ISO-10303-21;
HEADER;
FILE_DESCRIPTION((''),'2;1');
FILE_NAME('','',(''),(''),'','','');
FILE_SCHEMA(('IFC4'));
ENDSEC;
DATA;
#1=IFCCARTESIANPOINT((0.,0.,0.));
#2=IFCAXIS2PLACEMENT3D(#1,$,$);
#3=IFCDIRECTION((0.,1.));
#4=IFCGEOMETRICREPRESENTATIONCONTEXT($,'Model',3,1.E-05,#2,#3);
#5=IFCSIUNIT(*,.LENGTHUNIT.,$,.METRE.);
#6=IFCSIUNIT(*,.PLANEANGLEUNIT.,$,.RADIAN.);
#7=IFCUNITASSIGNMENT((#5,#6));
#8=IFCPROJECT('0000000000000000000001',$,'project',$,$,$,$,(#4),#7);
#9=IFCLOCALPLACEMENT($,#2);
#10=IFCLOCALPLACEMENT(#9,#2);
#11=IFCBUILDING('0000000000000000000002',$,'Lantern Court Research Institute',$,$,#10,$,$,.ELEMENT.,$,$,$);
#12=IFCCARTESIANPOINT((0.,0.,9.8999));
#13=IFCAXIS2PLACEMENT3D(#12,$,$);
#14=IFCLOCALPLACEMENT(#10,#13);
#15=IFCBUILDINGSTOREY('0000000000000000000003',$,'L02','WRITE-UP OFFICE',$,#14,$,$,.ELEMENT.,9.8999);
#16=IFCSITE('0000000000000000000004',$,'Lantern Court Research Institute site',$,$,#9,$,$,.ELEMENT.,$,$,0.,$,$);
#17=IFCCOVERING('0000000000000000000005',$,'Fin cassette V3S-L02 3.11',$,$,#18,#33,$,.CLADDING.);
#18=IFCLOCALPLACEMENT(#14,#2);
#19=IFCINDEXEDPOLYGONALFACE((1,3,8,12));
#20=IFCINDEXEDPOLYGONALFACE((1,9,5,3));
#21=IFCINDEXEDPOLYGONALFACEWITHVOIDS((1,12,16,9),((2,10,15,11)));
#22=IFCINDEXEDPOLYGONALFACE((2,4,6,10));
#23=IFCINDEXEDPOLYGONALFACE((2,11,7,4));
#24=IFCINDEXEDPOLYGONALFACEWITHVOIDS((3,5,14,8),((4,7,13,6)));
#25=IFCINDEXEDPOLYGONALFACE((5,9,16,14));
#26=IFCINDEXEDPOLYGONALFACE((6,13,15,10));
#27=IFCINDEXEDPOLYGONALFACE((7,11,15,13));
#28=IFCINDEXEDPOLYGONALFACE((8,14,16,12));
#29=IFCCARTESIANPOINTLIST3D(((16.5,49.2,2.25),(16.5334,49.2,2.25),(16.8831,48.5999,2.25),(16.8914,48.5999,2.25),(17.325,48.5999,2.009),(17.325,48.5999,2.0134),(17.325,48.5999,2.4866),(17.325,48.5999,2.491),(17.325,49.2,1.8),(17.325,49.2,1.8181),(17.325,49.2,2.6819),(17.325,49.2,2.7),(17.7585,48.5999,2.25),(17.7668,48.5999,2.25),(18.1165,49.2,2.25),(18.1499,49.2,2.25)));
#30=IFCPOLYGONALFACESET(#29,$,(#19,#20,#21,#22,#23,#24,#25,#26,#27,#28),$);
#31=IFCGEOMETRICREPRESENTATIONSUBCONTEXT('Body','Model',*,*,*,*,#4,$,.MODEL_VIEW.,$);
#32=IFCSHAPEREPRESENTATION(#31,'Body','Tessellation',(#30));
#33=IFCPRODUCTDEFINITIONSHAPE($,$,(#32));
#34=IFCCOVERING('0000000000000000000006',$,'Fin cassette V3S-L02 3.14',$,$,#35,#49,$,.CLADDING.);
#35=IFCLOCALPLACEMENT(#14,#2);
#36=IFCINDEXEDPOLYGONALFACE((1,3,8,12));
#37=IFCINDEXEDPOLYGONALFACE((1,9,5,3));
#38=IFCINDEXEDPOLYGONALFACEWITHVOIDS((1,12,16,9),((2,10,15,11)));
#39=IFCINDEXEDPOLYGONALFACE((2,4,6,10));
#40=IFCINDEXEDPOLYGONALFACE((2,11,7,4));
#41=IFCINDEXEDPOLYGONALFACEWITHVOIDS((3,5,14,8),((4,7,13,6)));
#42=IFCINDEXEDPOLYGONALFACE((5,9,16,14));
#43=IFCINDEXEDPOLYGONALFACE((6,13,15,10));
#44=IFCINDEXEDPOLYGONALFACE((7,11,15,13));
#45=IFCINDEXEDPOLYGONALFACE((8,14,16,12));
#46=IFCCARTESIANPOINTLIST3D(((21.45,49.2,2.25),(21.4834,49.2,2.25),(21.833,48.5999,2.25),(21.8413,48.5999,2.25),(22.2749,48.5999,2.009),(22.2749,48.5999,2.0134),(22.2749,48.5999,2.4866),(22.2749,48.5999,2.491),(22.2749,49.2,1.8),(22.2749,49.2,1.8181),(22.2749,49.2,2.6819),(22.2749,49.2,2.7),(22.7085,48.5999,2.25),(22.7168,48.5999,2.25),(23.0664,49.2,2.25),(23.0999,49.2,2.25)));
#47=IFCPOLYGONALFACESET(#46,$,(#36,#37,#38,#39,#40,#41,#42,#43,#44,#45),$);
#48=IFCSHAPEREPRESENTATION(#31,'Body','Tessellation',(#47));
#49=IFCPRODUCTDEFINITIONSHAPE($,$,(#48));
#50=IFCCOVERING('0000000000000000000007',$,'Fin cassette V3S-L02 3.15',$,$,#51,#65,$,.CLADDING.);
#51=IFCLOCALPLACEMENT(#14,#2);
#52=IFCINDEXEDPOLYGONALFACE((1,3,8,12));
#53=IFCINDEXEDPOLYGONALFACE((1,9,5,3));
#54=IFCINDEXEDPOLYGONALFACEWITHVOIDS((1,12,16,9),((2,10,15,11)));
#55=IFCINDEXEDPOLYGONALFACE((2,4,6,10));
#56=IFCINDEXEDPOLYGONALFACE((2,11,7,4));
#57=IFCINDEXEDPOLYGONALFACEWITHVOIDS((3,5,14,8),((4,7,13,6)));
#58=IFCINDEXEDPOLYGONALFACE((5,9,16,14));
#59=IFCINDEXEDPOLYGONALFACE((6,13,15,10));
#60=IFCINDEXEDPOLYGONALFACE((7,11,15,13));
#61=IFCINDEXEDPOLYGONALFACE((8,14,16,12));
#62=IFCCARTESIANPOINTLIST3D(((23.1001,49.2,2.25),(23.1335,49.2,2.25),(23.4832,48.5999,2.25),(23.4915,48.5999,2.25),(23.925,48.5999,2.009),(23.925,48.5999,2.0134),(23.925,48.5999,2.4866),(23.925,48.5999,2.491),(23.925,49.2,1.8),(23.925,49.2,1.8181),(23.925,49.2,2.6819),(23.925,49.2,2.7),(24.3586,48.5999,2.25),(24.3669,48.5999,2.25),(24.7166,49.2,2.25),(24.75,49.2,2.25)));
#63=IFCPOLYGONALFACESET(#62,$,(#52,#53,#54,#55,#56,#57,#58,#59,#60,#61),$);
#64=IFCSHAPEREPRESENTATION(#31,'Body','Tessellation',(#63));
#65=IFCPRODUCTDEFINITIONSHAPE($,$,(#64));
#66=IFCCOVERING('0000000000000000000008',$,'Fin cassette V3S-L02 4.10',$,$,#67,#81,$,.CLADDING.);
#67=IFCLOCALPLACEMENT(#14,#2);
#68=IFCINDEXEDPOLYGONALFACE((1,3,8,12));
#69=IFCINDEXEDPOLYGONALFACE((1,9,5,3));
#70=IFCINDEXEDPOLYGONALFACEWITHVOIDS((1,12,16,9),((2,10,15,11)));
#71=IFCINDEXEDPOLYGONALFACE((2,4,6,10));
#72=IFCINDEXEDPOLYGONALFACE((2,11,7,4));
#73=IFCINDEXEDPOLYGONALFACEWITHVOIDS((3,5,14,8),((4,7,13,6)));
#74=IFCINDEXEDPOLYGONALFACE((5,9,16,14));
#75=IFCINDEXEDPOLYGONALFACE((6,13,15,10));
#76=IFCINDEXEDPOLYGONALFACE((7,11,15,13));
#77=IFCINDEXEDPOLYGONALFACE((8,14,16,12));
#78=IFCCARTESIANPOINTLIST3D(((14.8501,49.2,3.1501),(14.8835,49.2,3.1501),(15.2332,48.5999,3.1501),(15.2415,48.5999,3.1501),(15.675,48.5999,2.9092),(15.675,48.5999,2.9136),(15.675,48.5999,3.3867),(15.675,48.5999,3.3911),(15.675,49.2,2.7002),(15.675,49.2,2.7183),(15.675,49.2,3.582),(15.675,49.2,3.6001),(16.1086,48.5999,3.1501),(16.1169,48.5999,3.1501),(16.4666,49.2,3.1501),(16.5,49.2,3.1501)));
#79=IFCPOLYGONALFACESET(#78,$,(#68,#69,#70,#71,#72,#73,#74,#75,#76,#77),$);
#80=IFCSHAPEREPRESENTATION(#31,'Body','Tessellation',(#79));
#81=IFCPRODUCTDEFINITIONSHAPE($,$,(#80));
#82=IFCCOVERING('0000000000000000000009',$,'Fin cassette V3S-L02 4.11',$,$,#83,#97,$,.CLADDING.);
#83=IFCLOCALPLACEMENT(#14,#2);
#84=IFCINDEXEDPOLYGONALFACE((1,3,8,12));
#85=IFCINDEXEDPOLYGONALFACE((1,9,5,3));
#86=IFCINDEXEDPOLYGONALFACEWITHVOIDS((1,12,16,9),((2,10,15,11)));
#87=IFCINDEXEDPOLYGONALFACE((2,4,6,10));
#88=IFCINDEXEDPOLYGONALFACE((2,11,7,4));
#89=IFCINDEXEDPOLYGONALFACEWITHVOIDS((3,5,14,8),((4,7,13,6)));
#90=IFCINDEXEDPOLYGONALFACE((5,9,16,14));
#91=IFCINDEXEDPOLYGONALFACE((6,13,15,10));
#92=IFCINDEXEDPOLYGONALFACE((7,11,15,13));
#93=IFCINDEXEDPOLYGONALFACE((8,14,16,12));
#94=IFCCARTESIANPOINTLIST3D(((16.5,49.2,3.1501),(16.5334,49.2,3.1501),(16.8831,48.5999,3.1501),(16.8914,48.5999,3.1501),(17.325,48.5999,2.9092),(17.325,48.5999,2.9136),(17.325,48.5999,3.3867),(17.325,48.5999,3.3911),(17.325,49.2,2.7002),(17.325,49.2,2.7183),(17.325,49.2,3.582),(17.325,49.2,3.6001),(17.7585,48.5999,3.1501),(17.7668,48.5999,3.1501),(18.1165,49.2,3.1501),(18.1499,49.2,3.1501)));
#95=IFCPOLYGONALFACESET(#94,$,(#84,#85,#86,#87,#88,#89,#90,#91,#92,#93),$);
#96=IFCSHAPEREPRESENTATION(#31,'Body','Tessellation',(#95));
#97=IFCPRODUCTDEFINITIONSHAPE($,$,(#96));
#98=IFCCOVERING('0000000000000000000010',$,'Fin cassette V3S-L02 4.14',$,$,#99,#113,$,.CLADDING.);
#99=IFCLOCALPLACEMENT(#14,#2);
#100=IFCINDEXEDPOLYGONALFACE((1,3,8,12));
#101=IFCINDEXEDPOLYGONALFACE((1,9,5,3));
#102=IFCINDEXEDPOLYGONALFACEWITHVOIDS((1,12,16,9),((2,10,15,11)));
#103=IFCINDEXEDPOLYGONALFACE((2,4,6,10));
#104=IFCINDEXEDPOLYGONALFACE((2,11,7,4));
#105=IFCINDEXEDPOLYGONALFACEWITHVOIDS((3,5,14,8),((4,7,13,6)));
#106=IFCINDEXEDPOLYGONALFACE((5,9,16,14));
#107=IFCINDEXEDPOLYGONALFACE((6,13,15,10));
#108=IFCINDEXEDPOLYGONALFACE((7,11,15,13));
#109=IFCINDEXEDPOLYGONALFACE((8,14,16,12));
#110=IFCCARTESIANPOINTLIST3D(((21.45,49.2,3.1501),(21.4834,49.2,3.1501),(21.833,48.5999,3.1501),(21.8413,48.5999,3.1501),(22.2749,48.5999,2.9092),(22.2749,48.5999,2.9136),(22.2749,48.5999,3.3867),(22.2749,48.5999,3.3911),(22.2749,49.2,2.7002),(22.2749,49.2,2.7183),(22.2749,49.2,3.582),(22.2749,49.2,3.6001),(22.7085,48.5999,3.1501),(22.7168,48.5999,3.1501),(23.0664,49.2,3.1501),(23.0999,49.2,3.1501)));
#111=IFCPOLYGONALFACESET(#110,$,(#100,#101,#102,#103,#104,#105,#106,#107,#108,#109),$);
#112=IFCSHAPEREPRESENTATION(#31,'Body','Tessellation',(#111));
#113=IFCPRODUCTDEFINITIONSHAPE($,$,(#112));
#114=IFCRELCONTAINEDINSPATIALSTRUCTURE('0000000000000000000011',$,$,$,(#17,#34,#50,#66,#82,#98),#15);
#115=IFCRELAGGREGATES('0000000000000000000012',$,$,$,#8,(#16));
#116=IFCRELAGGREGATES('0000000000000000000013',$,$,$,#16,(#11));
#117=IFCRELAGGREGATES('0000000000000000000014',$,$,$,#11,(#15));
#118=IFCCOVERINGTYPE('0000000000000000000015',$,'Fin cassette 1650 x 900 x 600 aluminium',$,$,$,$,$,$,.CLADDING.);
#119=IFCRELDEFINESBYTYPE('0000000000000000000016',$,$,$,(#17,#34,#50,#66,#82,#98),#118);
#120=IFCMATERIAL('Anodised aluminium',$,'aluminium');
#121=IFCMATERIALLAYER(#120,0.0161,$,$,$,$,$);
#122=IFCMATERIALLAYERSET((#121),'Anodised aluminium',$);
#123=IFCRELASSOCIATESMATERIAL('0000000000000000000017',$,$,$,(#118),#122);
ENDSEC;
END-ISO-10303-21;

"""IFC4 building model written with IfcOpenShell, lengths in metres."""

from ifc_helpers import new_model, entity, si_unit, direction, frame, origin, place, context, subcontext, project, spatial, material, layer, layer_set, type_object, element, save


model = new_model("IFC4")

# Units and contexts
model_context = context("Model", 3, precision=1e-05, world=origin(), true_north=direction((0.0, 1.0)))
body_context = subcontext(model_context, "Body", "Model", "MODEL_VIEW")
ifc_project = project(units=[si_unit("LENGTHUNIT", "METRE"), si_unit("PLANEANGLEUNIT", "RADIAN")], contexts=[model_context])

# Site, building, storey
site_placement = place(None, origin())
site = spatial("IfcSite", under=ifc_project, at=site_placement, Name="Lantern Court Research Institute site", CompositionType="ELEMENT", RefElevation=0.0)
building_placement = place(site_placement, origin())
building = spatial("IfcBuilding", under=site, at=building_placement, Name="Lantern Court Research Institute", CompositionType="ELEMENT")
storey_placement = place(building_placement, frame((0.0, 0.0, 9.8999)))
storey = spatial("IfcBuildingStorey", under=building, at=storey_placement, Name="L02", Description="WRITE-UP OFFICE", CompositionType="ELEMENT", Elevation=9.8999)

# Coverings
ifc_material_1 = material(Name="Anodised aluminium", Category="aluminium")
ifc_layer_1 = layer(ifc_material_1, 0.0161)
ifc_layer_set_1 = layer_set([ifc_layer_1], Name="Anodised aluminium")
covering_type_1 = type_object("IfcCoveringType", Name="Fin cassette 1650 x 900 x 600 aluminium", PredefinedType="CLADDING", material=ifc_layer_set_1)
covering_1_placement = place(storey_placement, frame((17.325, 49.2, 2.25), z_axis=(0.0, -1.0, 0.0), x_axis=(1.0, 0.0, 0.0)))
cartesian_point_1 = entity("IfcCartesianPoint", [0.825, 0.0])
cartesian_point_2 = entity("IfcCartesianPoint", [0.7915, 0.0])
cartesian_point_3 = entity("IfcCartesianPoint", [0.4419, 0.0])
cartesian_point_4 = entity("IfcCartesianPoint", [0.4336, 0.0])
element("IfcCovering", 1, at=covering_1_placement, inside=storey, type_object=covering_type_1, Name="Fin cassette V3S-L02 3.11", PredefinedType="CLADDING", context=body_context, shape_type="SweptSolid", body=[
    entity("IfcExtrudedAreaSolidTapered", entity("IfcArbitraryProfileDefWithVoids", "AREA", None, entity("IfcPolyline", [cartesian_point_1, entity("IfcCartesianPoint", [0.0, 0.45]), entity("IfcCartesianPoint", [-0.825, 0.0]), entity("IfcCartesianPoint", [0.0, -0.45]), cartesian_point_1]), [entity("IfcPolyline", [cartesian_point_2, entity("IfcCartesianPoint", [0.0, 0.4319]), entity("IfcCartesianPoint", [-0.7915, 0.0]), entity("IfcCartesianPoint", [0.0, -0.4319]), cartesian_point_2])]), entity("IfcAxis2Placement3D", entity("IfcCartesianPoint", [0.0, 0.0, 0.0])), entity("IfcDirection", [0.0, 0.0, 1.0]), 0.6001, entity("IfcArbitraryProfileDefWithVoids", "AREA", None, entity("IfcPolyline", [cartesian_point_3, entity("IfcCartesianPoint", [0.0, 0.241]), entity("IfcCartesianPoint", [-0.4419, 0.0]), entity("IfcCartesianPoint", [0.0, -0.241]), cartesian_point_3]), [entity("IfcPolyline", [cartesian_point_4, entity("IfcCartesianPoint", [0.0, 0.2366]), entity("IfcCartesianPoint", [-0.4336, 0.0]), entity("IfcCartesianPoint", [0.0, -0.2366]), cartesian_point_4])])),
])
covering_2_placement = place(storey_placement, frame((22.2749, 49.2, 2.25), z_axis=(0.0, -1.0, 0.0), x_axis=(1.0, 0.0, 0.0)))
cartesian_point_5 = entity("IfcCartesianPoint", [0.825, 0.0])
cartesian_point_6 = entity("IfcCartesianPoint", [0.7915, 0.0])
cartesian_point_7 = entity("IfcCartesianPoint", [0.4419, 0.0])
cartesian_point_8 = entity("IfcCartesianPoint", [0.4336, 0.0])
element("IfcCovering", 2, at=covering_2_placement, inside=storey, type_object=covering_type_1, Name="Fin cassette V3S-L02 3.14", PredefinedType="CLADDING", context=body_context, shape_type="SweptSolid", body=[
    entity("IfcExtrudedAreaSolidTapered", entity("IfcArbitraryProfileDefWithVoids", "AREA", None, entity("IfcPolyline", [cartesian_point_5, entity("IfcCartesianPoint", [0.0, 0.45]), entity("IfcCartesianPoint", [-0.825, 0.0]), entity("IfcCartesianPoint", [0.0, -0.45]), cartesian_point_5]), [entity("IfcPolyline", [cartesian_point_6, entity("IfcCartesianPoint", [0.0, 0.4319]), entity("IfcCartesianPoint", [-0.7915, 0.0]), entity("IfcCartesianPoint", [0.0, -0.4319]), cartesian_point_6])]), entity("IfcAxis2Placement3D", entity("IfcCartesianPoint", [0.0, 0.0, 0.0])), entity("IfcDirection", [0.0, 0.0, 1.0]), 0.6001, entity("IfcArbitraryProfileDefWithVoids", "AREA", None, entity("IfcPolyline", [cartesian_point_7, entity("IfcCartesianPoint", [0.0, 0.241]), entity("IfcCartesianPoint", [-0.4419, 0.0]), entity("IfcCartesianPoint", [0.0, -0.241]), cartesian_point_7]), [entity("IfcPolyline", [cartesian_point_8, entity("IfcCartesianPoint", [0.0, 0.2366]), entity("IfcCartesianPoint", [-0.4336, 0.0]), entity("IfcCartesianPoint", [0.0, -0.2366]), cartesian_point_8])])),
])
covering_3_placement = place(storey_placement, frame((23.925, 49.2, 2.25), z_axis=(0.0, -1.0, 0.0), x_axis=(1.0, 0.0, 0.0)))
cartesian_point_9 = entity("IfcCartesianPoint", [0.825, 0.0])
cartesian_point_10 = entity("IfcCartesianPoint", [0.7915, 0.0])
cartesian_point_11 = entity("IfcCartesianPoint", [0.4419, 0.0])
cartesian_point_12 = entity("IfcCartesianPoint", [0.4336, 0.0])
element("IfcCovering", 3, at=covering_3_placement, inside=storey, type_object=covering_type_1, Name="Fin cassette V3S-L02 3.15", PredefinedType="CLADDING", context=body_context, shape_type="SweptSolid", body=[
    entity("IfcExtrudedAreaSolidTapered", entity("IfcArbitraryProfileDefWithVoids", "AREA", None, entity("IfcPolyline", [cartesian_point_9, entity("IfcCartesianPoint", [0.0, 0.45]), entity("IfcCartesianPoint", [-0.825, 0.0]), entity("IfcCartesianPoint", [0.0, -0.45]), cartesian_point_9]), [entity("IfcPolyline", [cartesian_point_10, entity("IfcCartesianPoint", [0.0, 0.4319]), entity("IfcCartesianPoint", [-0.7915, 0.0]), entity("IfcCartesianPoint", [0.0, -0.4319]), cartesian_point_10])]), entity("IfcAxis2Placement3D", entity("IfcCartesianPoint", [0.0, 0.0, 0.0])), entity("IfcDirection", [0.0, 0.0, 1.0]), 0.6001, entity("IfcArbitraryProfileDefWithVoids", "AREA", None, entity("IfcPolyline", [cartesian_point_11, entity("IfcCartesianPoint", [0.0, 0.241]), entity("IfcCartesianPoint", [-0.4419, 0.0]), entity("IfcCartesianPoint", [0.0, -0.241]), cartesian_point_11]), [entity("IfcPolyline", [cartesian_point_12, entity("IfcCartesianPoint", [0.0, 0.2366]), entity("IfcCartesianPoint", [-0.4336, 0.0]), entity("IfcCartesianPoint", [0.0, -0.2366]), cartesian_point_12])])),
])
covering_4_placement = place(storey_placement, frame((15.675, 49.2, 3.1501), z_axis=(0.0, -1.0, 0.0), x_axis=(1.0, 0.0, 0.0)))
cartesian_point_13 = entity("IfcCartesianPoint", [0.825, 0.0])
cartesian_point_14 = entity("IfcCartesianPoint", [0.7915, 0.0])
cartesian_point_15 = entity("IfcCartesianPoint", [0.4419, 0.0])
cartesian_point_16 = entity("IfcCartesianPoint", [0.4336, 0.0])
element("IfcCovering", 4, at=covering_4_placement, inside=storey, type_object=covering_type_1, Name="Fin cassette V3S-L02 4.10", PredefinedType="CLADDING", context=body_context, shape_type="SweptSolid", body=[
    entity("IfcExtrudedAreaSolidTapered", entity("IfcArbitraryProfileDefWithVoids", "AREA", None, entity("IfcPolyline", [cartesian_point_13, entity("IfcCartesianPoint", [0.0, 0.45]), entity("IfcCartesianPoint", [-0.825, 0.0]), entity("IfcCartesianPoint", [0.0, -0.45]), cartesian_point_13]), [entity("IfcPolyline", [cartesian_point_14, entity("IfcCartesianPoint", [0.0, 0.4319]), entity("IfcCartesianPoint", [-0.7915, 0.0]), entity("IfcCartesianPoint", [0.0, -0.4319]), cartesian_point_14])]), entity("IfcAxis2Placement3D", entity("IfcCartesianPoint", [0.0, 0.0, 0.0])), entity("IfcDirection", [0.0, 0.0, 1.0]), 0.6001, entity("IfcArbitraryProfileDefWithVoids", "AREA", None, entity("IfcPolyline", [cartesian_point_15, entity("IfcCartesianPoint", [0.0, 0.241]), entity("IfcCartesianPoint", [-0.4419, 0.0]), entity("IfcCartesianPoint", [0.0, -0.241]), cartesian_point_15]), [entity("IfcPolyline", [cartesian_point_16, entity("IfcCartesianPoint", [0.0, 0.2366]), entity("IfcCartesianPoint", [-0.4336, 0.0]), entity("IfcCartesianPoint", [0.0, -0.2366]), cartesian_point_16])])),
])
covering_5_placement = place(storey_placement, frame((17.325, 49.2, 3.1501), z_axis=(0.0, -1.0, 0.0), x_axis=(1.0, 0.0, 0.0)))
cartesian_point_17 = entity("IfcCartesianPoint", [0.825, 0.0])
cartesian_point_18 = entity("IfcCartesianPoint", [0.7915, 0.0])
cartesian_point_19 = entity("IfcCartesianPoint", [0.4419, 0.0])
cartesian_point_20 = entity("IfcCartesianPoint", [0.4336, 0.0])
element("IfcCovering", 5, at=covering_5_placement, inside=storey, type_object=covering_type_1, Name="Fin cassette V3S-L02 4.11", PredefinedType="CLADDING", context=body_context, shape_type="SweptSolid", body=[
    entity("IfcExtrudedAreaSolidTapered", entity("IfcArbitraryProfileDefWithVoids", "AREA", None, entity("IfcPolyline", [cartesian_point_17, entity("IfcCartesianPoint", [0.0, 0.45]), entity("IfcCartesianPoint", [-0.825, 0.0]), entity("IfcCartesianPoint", [0.0, -0.45]), cartesian_point_17]), [entity("IfcPolyline", [cartesian_point_18, entity("IfcCartesianPoint", [0.0, 0.4319]), entity("IfcCartesianPoint", [-0.7915, 0.0]), entity("IfcCartesianPoint", [0.0, -0.4319]), cartesian_point_18])]), entity("IfcAxis2Placement3D", entity("IfcCartesianPoint", [0.0, 0.0, 0.0])), entity("IfcDirection", [0.0, 0.0, 1.0]), 0.6001, entity("IfcArbitraryProfileDefWithVoids", "AREA", None, entity("IfcPolyline", [cartesian_point_19, entity("IfcCartesianPoint", [0.0, 0.241]), entity("IfcCartesianPoint", [-0.4419, 0.0]), entity("IfcCartesianPoint", [0.0, -0.241]), cartesian_point_19]), [entity("IfcPolyline", [cartesian_point_20, entity("IfcCartesianPoint", [0.0, 0.2366]), entity("IfcCartesianPoint", [-0.4336, 0.0]), entity("IfcCartesianPoint", [0.0, -0.2366]), cartesian_point_20])])),
])
covering_6_placement = place(storey_placement, frame((22.2749, 49.2, 3.1501), z_axis=(0.0, -1.0, 0.0), x_axis=(1.0, 0.0, 0.0)))
cartesian_point_21 = entity("IfcCartesianPoint", [0.825, 0.0])
cartesian_point_22 = entity("IfcCartesianPoint", [0.7915, 0.0])
cartesian_point_23 = entity("IfcCartesianPoint", [0.4419, 0.0])
cartesian_point_24 = entity("IfcCartesianPoint", [0.4336, 0.0])
element("IfcCovering", 6, at=covering_6_placement, inside=storey, type_object=covering_type_1, Name="Fin cassette V3S-L02 4.14", PredefinedType="CLADDING", context=body_context, shape_type="SweptSolid", body=[
    entity("IfcExtrudedAreaSolidTapered", entity("IfcArbitraryProfileDefWithVoids", "AREA", None, entity("IfcPolyline", [cartesian_point_21, entity("IfcCartesianPoint", [0.0, 0.45]), entity("IfcCartesianPoint", [-0.825, 0.0]), entity("IfcCartesianPoint", [0.0, -0.45]), cartesian_point_21]), [entity("IfcPolyline", [cartesian_point_22, entity("IfcCartesianPoint", [0.0, 0.4319]), entity("IfcCartesianPoint", [-0.7915, 0.0]), entity("IfcCartesianPoint", [0.0, -0.4319]), cartesian_point_22])]), entity("IfcAxis2Placement3D", entity("IfcCartesianPoint", [0.0, 0.0, 0.0])), entity("IfcDirection", [0.0, 0.0, 1.0]), 0.6001, entity("IfcArbitraryProfileDefWithVoids", "AREA", None, entity("IfcPolyline", [cartesian_point_23, entity("IfcCartesianPoint", [0.0, 0.241]), entity("IfcCartesianPoint", [-0.4419, 0.0]), entity("IfcCartesianPoint", [0.0, -0.241]), cartesian_point_23]), [entity("IfcPolyline", [cartesian_point_24, entity("IfcCartesianPoint", [0.0, 0.2366]), entity("IfcCartesianPoint", [-0.4336, 0.0]), entity("IfcCartesianPoint", [0.0, -0.2366]), cartesian_point_24])])),
])

save(model, "model.ifc")
